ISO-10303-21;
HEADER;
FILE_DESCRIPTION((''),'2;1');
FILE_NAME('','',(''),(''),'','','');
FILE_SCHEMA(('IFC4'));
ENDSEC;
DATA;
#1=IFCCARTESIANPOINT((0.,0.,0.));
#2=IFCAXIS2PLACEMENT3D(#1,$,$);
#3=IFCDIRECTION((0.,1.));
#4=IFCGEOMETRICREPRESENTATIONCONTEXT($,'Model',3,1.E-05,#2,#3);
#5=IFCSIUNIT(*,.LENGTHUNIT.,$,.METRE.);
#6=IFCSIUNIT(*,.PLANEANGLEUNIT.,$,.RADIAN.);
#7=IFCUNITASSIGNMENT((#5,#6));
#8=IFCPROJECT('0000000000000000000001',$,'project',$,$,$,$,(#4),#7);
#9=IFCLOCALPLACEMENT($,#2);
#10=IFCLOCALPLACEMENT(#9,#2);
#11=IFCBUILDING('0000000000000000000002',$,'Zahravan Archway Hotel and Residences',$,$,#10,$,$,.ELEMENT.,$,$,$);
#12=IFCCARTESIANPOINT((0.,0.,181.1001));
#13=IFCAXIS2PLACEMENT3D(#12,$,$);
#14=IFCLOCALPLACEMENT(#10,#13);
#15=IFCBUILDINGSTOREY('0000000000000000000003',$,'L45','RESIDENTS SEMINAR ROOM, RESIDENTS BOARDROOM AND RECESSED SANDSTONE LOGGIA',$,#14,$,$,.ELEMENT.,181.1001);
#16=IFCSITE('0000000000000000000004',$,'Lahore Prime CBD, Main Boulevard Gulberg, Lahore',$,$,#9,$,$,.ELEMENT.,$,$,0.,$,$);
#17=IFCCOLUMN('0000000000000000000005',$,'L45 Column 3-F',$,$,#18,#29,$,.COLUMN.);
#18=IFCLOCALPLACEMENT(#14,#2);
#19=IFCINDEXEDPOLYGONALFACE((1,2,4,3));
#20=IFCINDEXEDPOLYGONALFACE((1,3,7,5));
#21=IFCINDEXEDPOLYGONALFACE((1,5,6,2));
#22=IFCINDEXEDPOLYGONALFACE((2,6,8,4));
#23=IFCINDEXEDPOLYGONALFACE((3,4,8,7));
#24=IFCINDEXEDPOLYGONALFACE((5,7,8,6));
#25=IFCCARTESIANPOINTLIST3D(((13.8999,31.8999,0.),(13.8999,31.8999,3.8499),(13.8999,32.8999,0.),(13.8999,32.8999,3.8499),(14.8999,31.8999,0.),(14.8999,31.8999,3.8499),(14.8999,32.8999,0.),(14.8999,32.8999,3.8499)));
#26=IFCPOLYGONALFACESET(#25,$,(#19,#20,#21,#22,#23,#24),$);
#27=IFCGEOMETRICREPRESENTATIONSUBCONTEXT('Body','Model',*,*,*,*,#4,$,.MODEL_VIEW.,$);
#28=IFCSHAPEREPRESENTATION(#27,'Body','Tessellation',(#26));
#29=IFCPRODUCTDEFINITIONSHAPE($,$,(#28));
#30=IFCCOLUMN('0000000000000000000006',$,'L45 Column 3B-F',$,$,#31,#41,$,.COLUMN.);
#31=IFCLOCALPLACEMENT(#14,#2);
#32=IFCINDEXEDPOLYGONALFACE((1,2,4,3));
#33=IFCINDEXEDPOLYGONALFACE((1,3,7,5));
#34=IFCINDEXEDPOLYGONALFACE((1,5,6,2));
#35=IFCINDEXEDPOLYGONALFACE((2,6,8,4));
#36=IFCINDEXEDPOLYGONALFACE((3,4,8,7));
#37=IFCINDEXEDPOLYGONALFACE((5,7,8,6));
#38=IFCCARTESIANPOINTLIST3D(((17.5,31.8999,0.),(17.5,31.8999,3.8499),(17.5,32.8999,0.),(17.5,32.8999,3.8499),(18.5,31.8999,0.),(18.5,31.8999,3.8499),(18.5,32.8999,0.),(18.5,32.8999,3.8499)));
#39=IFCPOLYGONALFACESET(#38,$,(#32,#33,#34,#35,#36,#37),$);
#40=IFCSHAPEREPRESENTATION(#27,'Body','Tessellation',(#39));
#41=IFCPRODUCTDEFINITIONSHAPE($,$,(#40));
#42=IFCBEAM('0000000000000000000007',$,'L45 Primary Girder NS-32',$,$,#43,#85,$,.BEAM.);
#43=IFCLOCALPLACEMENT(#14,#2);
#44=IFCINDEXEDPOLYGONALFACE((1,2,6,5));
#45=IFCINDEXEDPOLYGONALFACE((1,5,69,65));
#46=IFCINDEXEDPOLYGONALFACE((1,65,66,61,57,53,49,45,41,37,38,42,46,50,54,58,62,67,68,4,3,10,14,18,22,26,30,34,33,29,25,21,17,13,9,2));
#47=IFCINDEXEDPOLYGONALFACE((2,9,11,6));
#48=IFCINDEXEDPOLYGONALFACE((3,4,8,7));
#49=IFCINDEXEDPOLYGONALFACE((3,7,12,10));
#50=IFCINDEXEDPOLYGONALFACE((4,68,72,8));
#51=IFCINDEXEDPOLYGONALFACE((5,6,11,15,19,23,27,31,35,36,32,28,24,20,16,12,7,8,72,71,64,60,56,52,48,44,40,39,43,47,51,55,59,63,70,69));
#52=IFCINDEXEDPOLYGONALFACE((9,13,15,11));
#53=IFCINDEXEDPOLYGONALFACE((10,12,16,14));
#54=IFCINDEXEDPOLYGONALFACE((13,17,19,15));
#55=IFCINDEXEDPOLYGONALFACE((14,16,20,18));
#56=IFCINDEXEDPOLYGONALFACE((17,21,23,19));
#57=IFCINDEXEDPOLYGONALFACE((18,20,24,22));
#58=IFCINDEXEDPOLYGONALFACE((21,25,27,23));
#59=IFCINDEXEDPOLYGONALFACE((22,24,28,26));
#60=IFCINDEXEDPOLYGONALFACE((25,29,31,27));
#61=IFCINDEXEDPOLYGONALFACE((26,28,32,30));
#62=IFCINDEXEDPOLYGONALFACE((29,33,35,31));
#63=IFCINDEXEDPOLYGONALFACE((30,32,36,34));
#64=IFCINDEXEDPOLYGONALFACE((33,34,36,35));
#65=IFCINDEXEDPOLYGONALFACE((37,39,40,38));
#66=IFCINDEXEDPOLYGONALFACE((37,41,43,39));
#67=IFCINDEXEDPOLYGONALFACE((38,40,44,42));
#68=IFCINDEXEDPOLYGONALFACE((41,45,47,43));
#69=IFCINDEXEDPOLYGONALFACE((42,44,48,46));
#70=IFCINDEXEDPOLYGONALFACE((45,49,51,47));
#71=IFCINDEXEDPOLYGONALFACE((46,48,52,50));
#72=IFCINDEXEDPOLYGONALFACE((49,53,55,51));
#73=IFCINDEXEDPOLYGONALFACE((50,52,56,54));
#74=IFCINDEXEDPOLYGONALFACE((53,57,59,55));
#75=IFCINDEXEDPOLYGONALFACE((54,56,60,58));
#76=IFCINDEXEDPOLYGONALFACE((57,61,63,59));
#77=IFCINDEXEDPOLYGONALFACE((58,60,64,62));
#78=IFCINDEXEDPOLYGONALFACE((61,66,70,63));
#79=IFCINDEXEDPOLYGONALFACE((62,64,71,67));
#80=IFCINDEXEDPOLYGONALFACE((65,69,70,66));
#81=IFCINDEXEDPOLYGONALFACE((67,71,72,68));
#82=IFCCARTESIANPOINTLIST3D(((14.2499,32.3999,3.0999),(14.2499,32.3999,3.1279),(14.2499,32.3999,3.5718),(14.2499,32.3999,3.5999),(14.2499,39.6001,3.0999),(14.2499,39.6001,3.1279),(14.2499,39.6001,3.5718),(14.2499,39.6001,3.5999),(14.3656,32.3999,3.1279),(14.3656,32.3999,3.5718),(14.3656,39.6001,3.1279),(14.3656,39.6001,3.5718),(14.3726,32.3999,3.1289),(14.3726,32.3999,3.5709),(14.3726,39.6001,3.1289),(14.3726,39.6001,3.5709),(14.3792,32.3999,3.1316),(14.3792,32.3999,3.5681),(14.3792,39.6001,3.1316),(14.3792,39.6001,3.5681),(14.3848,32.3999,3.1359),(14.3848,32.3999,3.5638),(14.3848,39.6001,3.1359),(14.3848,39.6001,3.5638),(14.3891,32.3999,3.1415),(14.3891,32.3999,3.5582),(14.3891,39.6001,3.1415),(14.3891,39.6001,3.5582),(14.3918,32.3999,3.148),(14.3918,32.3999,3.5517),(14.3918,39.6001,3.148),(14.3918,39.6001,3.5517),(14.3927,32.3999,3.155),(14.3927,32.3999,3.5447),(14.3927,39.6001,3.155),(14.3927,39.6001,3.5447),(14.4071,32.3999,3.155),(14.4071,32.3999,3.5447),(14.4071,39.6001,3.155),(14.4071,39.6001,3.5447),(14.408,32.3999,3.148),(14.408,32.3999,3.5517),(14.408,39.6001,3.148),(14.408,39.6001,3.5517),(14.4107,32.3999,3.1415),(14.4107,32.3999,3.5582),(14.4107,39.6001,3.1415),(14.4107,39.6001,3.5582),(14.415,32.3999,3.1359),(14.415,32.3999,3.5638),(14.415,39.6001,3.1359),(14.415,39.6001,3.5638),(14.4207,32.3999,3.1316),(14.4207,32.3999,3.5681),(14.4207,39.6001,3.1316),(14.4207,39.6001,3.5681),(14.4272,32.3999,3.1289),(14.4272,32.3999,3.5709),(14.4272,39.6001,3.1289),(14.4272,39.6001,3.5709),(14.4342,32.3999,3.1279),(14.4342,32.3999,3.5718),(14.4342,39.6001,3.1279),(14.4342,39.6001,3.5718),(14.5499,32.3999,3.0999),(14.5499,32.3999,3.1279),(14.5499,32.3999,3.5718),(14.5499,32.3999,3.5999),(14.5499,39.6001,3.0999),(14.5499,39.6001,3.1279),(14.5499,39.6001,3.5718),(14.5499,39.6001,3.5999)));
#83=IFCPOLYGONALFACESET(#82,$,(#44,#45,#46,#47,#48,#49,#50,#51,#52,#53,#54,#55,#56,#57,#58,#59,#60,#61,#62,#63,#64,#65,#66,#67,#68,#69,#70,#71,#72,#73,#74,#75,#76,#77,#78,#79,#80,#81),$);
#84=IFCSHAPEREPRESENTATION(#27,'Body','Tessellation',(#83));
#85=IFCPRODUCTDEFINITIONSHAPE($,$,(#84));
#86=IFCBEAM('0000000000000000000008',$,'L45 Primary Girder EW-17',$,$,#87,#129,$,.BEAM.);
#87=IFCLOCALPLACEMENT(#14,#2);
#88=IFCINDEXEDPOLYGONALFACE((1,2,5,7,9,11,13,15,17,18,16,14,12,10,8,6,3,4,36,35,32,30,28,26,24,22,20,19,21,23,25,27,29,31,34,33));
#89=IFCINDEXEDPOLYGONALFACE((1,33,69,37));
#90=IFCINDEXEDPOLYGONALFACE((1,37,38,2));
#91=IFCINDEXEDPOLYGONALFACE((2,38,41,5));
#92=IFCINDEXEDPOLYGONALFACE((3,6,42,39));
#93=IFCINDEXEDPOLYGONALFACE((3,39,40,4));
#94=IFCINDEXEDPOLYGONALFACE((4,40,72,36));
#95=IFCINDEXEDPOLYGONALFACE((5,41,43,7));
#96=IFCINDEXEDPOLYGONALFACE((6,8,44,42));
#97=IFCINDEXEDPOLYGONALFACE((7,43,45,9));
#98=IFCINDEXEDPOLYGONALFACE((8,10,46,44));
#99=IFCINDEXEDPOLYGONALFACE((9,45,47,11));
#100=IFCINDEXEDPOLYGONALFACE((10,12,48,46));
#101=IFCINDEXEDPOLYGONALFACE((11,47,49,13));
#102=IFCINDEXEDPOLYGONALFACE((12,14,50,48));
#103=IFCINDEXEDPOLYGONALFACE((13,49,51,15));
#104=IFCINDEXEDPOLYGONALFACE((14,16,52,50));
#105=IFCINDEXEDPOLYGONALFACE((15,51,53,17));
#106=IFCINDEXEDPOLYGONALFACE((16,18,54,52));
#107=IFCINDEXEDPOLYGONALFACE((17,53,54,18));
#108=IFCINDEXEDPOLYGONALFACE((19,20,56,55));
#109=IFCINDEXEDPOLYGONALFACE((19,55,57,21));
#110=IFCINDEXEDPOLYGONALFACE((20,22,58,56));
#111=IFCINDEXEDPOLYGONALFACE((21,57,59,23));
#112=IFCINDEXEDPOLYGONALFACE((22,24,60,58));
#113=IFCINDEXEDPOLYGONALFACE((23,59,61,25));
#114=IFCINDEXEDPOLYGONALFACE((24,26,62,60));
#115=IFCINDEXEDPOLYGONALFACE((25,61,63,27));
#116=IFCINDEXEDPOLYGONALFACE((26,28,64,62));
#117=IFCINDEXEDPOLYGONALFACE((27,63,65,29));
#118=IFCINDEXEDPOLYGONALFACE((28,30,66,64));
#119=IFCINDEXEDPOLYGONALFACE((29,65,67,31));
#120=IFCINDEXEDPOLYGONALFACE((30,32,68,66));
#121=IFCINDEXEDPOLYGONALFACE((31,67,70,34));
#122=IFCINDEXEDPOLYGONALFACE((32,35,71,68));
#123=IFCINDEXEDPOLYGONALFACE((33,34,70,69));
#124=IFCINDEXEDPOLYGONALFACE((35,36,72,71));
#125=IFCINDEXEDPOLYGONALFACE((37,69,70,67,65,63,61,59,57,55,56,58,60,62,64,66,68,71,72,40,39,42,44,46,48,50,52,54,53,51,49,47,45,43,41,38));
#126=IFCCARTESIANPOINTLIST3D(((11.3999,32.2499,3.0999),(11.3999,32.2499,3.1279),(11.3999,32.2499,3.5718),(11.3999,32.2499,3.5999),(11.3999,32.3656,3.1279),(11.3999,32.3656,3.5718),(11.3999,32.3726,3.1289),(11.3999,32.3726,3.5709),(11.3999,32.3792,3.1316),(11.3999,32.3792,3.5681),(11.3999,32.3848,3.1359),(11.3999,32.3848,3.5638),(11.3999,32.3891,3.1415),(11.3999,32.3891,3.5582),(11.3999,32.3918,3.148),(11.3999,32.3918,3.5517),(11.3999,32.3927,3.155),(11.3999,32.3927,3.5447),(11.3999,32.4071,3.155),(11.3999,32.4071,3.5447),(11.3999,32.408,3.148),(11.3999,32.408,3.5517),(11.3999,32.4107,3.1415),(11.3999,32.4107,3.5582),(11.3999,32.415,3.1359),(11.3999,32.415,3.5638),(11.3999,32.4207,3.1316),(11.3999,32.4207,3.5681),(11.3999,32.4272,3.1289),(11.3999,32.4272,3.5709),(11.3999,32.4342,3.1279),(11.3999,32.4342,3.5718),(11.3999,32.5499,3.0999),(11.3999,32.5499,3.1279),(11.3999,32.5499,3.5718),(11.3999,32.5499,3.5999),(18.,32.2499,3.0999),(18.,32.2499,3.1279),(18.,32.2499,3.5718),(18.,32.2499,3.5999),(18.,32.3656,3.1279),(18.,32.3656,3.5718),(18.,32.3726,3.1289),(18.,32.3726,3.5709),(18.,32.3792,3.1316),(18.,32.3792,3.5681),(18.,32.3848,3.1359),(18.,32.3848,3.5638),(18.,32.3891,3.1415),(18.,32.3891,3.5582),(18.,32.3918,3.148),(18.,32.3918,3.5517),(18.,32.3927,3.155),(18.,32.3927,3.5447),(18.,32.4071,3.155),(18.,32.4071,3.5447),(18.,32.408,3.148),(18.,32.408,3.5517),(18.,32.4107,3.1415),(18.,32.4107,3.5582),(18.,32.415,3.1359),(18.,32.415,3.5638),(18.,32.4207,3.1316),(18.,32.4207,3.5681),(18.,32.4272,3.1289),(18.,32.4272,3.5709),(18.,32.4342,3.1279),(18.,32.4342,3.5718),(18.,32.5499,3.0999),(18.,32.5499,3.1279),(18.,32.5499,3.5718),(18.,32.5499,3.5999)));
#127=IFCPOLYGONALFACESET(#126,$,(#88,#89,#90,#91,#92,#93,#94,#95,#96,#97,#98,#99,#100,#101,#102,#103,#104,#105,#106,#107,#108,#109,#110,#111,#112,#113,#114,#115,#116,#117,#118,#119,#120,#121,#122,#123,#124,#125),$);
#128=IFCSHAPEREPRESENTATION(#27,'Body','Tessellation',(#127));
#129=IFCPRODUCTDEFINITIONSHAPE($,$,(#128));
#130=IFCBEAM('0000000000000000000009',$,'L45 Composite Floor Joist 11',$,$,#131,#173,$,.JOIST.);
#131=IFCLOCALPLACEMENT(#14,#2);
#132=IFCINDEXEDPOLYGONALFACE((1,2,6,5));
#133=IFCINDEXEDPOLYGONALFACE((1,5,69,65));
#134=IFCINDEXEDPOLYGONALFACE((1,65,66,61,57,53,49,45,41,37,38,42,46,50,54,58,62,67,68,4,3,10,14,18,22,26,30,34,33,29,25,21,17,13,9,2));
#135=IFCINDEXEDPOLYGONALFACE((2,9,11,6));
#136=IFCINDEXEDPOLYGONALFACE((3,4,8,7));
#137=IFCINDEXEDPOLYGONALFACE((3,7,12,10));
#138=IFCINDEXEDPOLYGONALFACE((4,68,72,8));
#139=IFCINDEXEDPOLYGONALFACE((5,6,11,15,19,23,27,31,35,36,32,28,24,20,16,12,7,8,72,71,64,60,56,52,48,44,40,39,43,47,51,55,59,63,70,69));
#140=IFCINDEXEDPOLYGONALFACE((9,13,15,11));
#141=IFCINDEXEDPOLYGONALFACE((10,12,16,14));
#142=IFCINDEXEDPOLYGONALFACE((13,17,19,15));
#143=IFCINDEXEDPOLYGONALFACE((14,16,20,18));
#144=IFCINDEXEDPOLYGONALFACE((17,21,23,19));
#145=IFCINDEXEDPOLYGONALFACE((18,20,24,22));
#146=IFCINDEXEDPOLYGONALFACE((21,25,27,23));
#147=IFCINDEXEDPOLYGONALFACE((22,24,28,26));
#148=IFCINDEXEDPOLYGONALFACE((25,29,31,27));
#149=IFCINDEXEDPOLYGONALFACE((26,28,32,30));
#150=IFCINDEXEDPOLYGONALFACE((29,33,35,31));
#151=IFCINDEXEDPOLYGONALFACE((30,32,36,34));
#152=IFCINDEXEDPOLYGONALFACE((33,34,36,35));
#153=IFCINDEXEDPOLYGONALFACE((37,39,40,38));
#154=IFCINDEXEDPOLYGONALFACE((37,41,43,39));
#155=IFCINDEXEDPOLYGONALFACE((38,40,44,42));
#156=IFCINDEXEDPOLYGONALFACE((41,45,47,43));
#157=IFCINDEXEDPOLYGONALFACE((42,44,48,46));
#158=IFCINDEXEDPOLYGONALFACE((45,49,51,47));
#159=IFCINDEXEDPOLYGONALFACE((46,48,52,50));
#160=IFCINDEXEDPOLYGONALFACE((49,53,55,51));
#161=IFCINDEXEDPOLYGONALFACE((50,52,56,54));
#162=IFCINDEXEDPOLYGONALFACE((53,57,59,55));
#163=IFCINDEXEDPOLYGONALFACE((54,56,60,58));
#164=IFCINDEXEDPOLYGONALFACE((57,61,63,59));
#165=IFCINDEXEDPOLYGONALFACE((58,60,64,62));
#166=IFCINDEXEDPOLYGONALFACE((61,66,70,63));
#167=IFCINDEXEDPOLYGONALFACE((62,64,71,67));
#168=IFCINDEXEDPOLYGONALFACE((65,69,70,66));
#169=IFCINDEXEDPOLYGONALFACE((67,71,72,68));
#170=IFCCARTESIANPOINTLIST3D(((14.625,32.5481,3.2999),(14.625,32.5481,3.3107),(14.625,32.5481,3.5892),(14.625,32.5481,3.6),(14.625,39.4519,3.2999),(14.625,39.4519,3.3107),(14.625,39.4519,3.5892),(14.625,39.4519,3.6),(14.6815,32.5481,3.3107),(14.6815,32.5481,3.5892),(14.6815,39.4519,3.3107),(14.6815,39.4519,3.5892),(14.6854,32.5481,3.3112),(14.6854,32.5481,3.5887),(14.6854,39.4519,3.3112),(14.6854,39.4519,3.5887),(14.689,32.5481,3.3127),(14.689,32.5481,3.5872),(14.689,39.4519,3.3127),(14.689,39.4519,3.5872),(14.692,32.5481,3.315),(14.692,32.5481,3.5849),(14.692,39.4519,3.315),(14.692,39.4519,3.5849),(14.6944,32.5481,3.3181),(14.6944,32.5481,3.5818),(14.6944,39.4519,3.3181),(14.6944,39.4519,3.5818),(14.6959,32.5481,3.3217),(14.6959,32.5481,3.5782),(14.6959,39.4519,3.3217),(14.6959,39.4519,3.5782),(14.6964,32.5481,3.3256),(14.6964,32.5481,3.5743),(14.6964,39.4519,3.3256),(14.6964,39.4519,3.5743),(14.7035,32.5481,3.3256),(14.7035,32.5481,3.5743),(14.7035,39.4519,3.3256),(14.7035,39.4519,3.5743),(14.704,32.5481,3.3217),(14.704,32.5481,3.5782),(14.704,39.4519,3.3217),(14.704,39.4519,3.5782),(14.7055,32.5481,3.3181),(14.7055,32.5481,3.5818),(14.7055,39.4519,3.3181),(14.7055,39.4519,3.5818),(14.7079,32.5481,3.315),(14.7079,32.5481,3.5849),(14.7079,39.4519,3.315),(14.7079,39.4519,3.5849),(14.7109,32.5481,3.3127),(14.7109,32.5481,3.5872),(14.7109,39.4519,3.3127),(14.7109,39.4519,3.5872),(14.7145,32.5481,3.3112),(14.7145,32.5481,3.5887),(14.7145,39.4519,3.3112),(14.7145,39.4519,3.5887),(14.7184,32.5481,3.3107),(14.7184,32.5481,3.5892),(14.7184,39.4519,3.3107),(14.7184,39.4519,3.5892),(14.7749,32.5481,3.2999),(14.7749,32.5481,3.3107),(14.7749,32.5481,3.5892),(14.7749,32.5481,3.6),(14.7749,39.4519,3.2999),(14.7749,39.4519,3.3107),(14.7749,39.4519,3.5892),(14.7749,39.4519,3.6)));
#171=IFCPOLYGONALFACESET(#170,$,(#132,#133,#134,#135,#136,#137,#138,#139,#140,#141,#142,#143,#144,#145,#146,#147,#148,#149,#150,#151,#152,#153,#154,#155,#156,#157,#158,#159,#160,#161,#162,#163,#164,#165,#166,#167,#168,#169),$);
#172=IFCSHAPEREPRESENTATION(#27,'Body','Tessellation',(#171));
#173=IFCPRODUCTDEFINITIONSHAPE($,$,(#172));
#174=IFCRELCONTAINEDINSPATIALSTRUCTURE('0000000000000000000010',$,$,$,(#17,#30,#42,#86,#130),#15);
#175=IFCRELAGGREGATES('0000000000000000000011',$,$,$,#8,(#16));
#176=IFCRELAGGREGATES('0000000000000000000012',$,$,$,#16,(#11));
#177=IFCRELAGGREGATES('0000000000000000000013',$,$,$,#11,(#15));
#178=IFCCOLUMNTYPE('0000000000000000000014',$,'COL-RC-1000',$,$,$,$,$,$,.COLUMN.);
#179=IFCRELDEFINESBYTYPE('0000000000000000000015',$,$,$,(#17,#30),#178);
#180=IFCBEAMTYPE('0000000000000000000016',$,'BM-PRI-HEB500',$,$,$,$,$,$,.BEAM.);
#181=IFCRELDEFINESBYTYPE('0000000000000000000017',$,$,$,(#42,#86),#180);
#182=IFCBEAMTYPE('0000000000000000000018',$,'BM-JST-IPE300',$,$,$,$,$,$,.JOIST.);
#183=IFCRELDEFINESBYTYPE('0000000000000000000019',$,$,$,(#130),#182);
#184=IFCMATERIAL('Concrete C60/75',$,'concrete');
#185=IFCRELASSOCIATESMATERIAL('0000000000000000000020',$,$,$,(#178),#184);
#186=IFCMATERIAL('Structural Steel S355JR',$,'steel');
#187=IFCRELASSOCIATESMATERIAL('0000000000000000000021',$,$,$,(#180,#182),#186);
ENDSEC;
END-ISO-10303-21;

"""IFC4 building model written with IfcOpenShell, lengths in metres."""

from ifc_helpers import new_model, si_unit, direction, frame, origin, origin_2d, place, context, subcontext, project, spatial, rectangle, i_section, extrude, source, transform, mapped, material, material_profile, profile_set, type_object, type_shapes, element, save


model = new_model("IFC4")

# Units and contexts
model_context = context("Model", 3, precision=1e-05, world=origin(), true_north=direction((0.0, 1.0)))
body_context = subcontext(model_context, "Body", "Model", "MODEL_VIEW")
ifc_project = project(units=[si_unit("LENGTHUNIT", "METRE"), si_unit("PLANEANGLEUNIT", "RADIAN")], contexts=[model_context])

# Site, building, storey
site_placement = place(None, origin())
site = spatial("IfcSite", under=ifc_project, at=site_placement, Name="Lahore Prime CBD, Main Boulevard Gulberg, Lahore", CompositionType="ELEMENT", RefElevation=0.0)
building_placement = place(site_placement, origin())
building = spatial("IfcBuilding", under=site, at=building_placement, Name="Zahravan Archway Hotel and Residences", CompositionType="ELEMENT")
storey_placement = place(building_placement, frame((0.0, 0.0, 181.1001)))
storey = spatial("IfcBuildingStorey", under=building, at=storey_placement, Name="L45", Description="RESIDENTS SEMINAR ROOM, RESIDENTS BOARDROOM AND RECESSED SANDSTONE LOGGIA", CompositionType="ELEMENT", Elevation=181.1001)

# Columns
ifc_material_1 = material(Name="Concrete C60/75", Category="concrete")
ifc_material_profile_1 = material_profile(ifc_material_1, rectangle(XDim=1.0, YDim=1.0, at=origin_2d()), Name="RC-COL-1000x1000", Category="concrete")
ifc_profile_set_1 = profile_set([ifc_material_profile_1], Name="Concrete C60/75")
column_type = type_object("IfcColumnType", Name="COL-RC-1000", PredefinedType="COLUMN", material=ifc_profile_set_1)
shared_shape_1 = source(origin(), body_context, "Body", "SweptSolid", [
    extrude(rectangle(XDim=1.0, YDim=1.0, at=origin_2d()), origin(), (0.0, 0.0, 1.0), 3.8499),
])
for number, where, z_axis, x_axis, name in (
    (1, (14.3999, 32.3999, 0.0), (0.0, 0.0, 1.0), (1.0, 0.0, 0.0), "L45 Column 3-F"),
    (2, (18.0, 32.3999, 0.0), (0.0, 0.0, 1.0), (1.0, 0.0, 0.0), "L45 Column 3B-F"),
):
    element("IfcColumn", number, at=place(storey_placement, frame(where, z_axis=z_axis, x_axis=x_axis)), inside=storey, type_object=column_type, Name=name, PredefinedType="COLUMN", context=body_context, shape_type="MappedRepresentation", body=[
        mapped(shared_shape_1, transform((0.0, 0.0, 0.0), scale=1.0)),
    ])

# Beams
ifc_material_2 = material(Name="Structural Steel S355JR", Category="steel")
ifc_material_profile_2 = material_profile(ifc_material_2, i_section(OverallWidth=0.3, OverallDepth=0.5, WebThickness=0.0144, FlangeThickness=0.0281, FilletRadius=0.0271, at=origin_2d()), Name="HEB 500", Category="steel")
ifc_profile_set_2 = profile_set([ifc_material_profile_2], Name="Structural Steel S355JR")
beam_type_1 = type_object("IfcBeamType", Name="BM-PRI-HEB500", PredefinedType="BEAM", material=ifc_profile_set_2)
shared_shape_2 = source(origin(), body_context, "Body", "SweptSolid", [
    extrude(i_section(OverallWidth=0.3, OverallDepth=0.5, WebThickness=0.0144, FlangeThickness=0.0281, FilletRadius=0.0271, at=origin_2d()), origin(), (0.0, 0.0, 1.0), 7.2002),
])
type_shapes(beam_type_1, [shared_shape_2])
beam_1_placement = place(storey_placement, frame((14.3999, 32.3999, 3.3499), z_axis=(0.0, 1.0, 0.0), x_axis=(-1.0, 0.0, 0.0)))
element("IfcBeam", 3, at=beam_1_placement, inside=storey, type_object=beam_type_1, Name="L45 Primary Girder NS-32", PredefinedType="BEAM", context=body_context, shape_type="MappedRepresentation", body=[
    mapped(shared_shape_2, transform((0.0, 0.0, 0.0), scale=1.0)),
])
shared_shape_3 = source(origin(), body_context, "Body", "SweptSolid", [
    extrude(i_section(OverallWidth=0.3, OverallDepth=0.5, WebThickness=0.0144, FlangeThickness=0.0281, FilletRadius=0.0271, at=origin_2d()), origin(), (0.0, 0.0, 1.0), 6.6001),
])
beam_2_placement = place(storey_placement, frame((11.3999, 32.3999, 3.3499), z_axis=(1.0, 0.0, 0.0), x_axis=(0.0, 1.0, 0.0)))
element("IfcBeam", 4, at=beam_2_placement, inside=storey, type_object=beam_type_1, Name="L45 Primary Girder EW-17", PredefinedType="BEAM", context=body_context, shape_type="MappedRepresentation", body=[
    mapped(shared_shape_3, transform((0.0, 0.0, 0.0), scale=1.0)),
])
ifc_material_profile_3 = material_profile(ifc_material_2, i_section(OverallWidth=0.1499, OverallDepth=0.3, WebThickness=0.0071, FlangeThickness=0.0107, FilletRadius=0.0149, at=origin_2d()), Name="IPE 300", Category="steel")
ifc_profile_set_3 = profile_set([ifc_material_profile_3], Name="Structural Steel S355JR")
beam_type_2 = type_object("IfcBeamType", Name="BM-JST-IPE300", PredefinedType="JOIST", material=ifc_profile_set_3)
shared_shape_4 = source(origin(), body_context, "Body", "SweptSolid", [
    extrude(i_section(OverallWidth=0.1499, OverallDepth=0.3, WebThickness=0.0071, FlangeThickness=0.0107, FilletRadius=0.0149, at=origin_2d()), origin(), (0.0, 0.0, 1.0), 6.9038),
])
beam_3_placement = place(storey_placement, frame((14.7, 32.5481, 3.45), z_axis=(0.0, 1.0, 0.0), x_axis=(-1.0, 0.0, 0.0)))
element("IfcBeam", 5, at=beam_3_placement, inside=storey, type_object=beam_type_2, Name="L45 Composite Floor Joist 11", PredefinedType="JOIST", context=body_context, shape_type="MappedRepresentation", body=[
    mapped(shared_shape_4, transform((0.0, 0.0, 0.0), scale=1.0)),
])

save(model, "model.ifc")
